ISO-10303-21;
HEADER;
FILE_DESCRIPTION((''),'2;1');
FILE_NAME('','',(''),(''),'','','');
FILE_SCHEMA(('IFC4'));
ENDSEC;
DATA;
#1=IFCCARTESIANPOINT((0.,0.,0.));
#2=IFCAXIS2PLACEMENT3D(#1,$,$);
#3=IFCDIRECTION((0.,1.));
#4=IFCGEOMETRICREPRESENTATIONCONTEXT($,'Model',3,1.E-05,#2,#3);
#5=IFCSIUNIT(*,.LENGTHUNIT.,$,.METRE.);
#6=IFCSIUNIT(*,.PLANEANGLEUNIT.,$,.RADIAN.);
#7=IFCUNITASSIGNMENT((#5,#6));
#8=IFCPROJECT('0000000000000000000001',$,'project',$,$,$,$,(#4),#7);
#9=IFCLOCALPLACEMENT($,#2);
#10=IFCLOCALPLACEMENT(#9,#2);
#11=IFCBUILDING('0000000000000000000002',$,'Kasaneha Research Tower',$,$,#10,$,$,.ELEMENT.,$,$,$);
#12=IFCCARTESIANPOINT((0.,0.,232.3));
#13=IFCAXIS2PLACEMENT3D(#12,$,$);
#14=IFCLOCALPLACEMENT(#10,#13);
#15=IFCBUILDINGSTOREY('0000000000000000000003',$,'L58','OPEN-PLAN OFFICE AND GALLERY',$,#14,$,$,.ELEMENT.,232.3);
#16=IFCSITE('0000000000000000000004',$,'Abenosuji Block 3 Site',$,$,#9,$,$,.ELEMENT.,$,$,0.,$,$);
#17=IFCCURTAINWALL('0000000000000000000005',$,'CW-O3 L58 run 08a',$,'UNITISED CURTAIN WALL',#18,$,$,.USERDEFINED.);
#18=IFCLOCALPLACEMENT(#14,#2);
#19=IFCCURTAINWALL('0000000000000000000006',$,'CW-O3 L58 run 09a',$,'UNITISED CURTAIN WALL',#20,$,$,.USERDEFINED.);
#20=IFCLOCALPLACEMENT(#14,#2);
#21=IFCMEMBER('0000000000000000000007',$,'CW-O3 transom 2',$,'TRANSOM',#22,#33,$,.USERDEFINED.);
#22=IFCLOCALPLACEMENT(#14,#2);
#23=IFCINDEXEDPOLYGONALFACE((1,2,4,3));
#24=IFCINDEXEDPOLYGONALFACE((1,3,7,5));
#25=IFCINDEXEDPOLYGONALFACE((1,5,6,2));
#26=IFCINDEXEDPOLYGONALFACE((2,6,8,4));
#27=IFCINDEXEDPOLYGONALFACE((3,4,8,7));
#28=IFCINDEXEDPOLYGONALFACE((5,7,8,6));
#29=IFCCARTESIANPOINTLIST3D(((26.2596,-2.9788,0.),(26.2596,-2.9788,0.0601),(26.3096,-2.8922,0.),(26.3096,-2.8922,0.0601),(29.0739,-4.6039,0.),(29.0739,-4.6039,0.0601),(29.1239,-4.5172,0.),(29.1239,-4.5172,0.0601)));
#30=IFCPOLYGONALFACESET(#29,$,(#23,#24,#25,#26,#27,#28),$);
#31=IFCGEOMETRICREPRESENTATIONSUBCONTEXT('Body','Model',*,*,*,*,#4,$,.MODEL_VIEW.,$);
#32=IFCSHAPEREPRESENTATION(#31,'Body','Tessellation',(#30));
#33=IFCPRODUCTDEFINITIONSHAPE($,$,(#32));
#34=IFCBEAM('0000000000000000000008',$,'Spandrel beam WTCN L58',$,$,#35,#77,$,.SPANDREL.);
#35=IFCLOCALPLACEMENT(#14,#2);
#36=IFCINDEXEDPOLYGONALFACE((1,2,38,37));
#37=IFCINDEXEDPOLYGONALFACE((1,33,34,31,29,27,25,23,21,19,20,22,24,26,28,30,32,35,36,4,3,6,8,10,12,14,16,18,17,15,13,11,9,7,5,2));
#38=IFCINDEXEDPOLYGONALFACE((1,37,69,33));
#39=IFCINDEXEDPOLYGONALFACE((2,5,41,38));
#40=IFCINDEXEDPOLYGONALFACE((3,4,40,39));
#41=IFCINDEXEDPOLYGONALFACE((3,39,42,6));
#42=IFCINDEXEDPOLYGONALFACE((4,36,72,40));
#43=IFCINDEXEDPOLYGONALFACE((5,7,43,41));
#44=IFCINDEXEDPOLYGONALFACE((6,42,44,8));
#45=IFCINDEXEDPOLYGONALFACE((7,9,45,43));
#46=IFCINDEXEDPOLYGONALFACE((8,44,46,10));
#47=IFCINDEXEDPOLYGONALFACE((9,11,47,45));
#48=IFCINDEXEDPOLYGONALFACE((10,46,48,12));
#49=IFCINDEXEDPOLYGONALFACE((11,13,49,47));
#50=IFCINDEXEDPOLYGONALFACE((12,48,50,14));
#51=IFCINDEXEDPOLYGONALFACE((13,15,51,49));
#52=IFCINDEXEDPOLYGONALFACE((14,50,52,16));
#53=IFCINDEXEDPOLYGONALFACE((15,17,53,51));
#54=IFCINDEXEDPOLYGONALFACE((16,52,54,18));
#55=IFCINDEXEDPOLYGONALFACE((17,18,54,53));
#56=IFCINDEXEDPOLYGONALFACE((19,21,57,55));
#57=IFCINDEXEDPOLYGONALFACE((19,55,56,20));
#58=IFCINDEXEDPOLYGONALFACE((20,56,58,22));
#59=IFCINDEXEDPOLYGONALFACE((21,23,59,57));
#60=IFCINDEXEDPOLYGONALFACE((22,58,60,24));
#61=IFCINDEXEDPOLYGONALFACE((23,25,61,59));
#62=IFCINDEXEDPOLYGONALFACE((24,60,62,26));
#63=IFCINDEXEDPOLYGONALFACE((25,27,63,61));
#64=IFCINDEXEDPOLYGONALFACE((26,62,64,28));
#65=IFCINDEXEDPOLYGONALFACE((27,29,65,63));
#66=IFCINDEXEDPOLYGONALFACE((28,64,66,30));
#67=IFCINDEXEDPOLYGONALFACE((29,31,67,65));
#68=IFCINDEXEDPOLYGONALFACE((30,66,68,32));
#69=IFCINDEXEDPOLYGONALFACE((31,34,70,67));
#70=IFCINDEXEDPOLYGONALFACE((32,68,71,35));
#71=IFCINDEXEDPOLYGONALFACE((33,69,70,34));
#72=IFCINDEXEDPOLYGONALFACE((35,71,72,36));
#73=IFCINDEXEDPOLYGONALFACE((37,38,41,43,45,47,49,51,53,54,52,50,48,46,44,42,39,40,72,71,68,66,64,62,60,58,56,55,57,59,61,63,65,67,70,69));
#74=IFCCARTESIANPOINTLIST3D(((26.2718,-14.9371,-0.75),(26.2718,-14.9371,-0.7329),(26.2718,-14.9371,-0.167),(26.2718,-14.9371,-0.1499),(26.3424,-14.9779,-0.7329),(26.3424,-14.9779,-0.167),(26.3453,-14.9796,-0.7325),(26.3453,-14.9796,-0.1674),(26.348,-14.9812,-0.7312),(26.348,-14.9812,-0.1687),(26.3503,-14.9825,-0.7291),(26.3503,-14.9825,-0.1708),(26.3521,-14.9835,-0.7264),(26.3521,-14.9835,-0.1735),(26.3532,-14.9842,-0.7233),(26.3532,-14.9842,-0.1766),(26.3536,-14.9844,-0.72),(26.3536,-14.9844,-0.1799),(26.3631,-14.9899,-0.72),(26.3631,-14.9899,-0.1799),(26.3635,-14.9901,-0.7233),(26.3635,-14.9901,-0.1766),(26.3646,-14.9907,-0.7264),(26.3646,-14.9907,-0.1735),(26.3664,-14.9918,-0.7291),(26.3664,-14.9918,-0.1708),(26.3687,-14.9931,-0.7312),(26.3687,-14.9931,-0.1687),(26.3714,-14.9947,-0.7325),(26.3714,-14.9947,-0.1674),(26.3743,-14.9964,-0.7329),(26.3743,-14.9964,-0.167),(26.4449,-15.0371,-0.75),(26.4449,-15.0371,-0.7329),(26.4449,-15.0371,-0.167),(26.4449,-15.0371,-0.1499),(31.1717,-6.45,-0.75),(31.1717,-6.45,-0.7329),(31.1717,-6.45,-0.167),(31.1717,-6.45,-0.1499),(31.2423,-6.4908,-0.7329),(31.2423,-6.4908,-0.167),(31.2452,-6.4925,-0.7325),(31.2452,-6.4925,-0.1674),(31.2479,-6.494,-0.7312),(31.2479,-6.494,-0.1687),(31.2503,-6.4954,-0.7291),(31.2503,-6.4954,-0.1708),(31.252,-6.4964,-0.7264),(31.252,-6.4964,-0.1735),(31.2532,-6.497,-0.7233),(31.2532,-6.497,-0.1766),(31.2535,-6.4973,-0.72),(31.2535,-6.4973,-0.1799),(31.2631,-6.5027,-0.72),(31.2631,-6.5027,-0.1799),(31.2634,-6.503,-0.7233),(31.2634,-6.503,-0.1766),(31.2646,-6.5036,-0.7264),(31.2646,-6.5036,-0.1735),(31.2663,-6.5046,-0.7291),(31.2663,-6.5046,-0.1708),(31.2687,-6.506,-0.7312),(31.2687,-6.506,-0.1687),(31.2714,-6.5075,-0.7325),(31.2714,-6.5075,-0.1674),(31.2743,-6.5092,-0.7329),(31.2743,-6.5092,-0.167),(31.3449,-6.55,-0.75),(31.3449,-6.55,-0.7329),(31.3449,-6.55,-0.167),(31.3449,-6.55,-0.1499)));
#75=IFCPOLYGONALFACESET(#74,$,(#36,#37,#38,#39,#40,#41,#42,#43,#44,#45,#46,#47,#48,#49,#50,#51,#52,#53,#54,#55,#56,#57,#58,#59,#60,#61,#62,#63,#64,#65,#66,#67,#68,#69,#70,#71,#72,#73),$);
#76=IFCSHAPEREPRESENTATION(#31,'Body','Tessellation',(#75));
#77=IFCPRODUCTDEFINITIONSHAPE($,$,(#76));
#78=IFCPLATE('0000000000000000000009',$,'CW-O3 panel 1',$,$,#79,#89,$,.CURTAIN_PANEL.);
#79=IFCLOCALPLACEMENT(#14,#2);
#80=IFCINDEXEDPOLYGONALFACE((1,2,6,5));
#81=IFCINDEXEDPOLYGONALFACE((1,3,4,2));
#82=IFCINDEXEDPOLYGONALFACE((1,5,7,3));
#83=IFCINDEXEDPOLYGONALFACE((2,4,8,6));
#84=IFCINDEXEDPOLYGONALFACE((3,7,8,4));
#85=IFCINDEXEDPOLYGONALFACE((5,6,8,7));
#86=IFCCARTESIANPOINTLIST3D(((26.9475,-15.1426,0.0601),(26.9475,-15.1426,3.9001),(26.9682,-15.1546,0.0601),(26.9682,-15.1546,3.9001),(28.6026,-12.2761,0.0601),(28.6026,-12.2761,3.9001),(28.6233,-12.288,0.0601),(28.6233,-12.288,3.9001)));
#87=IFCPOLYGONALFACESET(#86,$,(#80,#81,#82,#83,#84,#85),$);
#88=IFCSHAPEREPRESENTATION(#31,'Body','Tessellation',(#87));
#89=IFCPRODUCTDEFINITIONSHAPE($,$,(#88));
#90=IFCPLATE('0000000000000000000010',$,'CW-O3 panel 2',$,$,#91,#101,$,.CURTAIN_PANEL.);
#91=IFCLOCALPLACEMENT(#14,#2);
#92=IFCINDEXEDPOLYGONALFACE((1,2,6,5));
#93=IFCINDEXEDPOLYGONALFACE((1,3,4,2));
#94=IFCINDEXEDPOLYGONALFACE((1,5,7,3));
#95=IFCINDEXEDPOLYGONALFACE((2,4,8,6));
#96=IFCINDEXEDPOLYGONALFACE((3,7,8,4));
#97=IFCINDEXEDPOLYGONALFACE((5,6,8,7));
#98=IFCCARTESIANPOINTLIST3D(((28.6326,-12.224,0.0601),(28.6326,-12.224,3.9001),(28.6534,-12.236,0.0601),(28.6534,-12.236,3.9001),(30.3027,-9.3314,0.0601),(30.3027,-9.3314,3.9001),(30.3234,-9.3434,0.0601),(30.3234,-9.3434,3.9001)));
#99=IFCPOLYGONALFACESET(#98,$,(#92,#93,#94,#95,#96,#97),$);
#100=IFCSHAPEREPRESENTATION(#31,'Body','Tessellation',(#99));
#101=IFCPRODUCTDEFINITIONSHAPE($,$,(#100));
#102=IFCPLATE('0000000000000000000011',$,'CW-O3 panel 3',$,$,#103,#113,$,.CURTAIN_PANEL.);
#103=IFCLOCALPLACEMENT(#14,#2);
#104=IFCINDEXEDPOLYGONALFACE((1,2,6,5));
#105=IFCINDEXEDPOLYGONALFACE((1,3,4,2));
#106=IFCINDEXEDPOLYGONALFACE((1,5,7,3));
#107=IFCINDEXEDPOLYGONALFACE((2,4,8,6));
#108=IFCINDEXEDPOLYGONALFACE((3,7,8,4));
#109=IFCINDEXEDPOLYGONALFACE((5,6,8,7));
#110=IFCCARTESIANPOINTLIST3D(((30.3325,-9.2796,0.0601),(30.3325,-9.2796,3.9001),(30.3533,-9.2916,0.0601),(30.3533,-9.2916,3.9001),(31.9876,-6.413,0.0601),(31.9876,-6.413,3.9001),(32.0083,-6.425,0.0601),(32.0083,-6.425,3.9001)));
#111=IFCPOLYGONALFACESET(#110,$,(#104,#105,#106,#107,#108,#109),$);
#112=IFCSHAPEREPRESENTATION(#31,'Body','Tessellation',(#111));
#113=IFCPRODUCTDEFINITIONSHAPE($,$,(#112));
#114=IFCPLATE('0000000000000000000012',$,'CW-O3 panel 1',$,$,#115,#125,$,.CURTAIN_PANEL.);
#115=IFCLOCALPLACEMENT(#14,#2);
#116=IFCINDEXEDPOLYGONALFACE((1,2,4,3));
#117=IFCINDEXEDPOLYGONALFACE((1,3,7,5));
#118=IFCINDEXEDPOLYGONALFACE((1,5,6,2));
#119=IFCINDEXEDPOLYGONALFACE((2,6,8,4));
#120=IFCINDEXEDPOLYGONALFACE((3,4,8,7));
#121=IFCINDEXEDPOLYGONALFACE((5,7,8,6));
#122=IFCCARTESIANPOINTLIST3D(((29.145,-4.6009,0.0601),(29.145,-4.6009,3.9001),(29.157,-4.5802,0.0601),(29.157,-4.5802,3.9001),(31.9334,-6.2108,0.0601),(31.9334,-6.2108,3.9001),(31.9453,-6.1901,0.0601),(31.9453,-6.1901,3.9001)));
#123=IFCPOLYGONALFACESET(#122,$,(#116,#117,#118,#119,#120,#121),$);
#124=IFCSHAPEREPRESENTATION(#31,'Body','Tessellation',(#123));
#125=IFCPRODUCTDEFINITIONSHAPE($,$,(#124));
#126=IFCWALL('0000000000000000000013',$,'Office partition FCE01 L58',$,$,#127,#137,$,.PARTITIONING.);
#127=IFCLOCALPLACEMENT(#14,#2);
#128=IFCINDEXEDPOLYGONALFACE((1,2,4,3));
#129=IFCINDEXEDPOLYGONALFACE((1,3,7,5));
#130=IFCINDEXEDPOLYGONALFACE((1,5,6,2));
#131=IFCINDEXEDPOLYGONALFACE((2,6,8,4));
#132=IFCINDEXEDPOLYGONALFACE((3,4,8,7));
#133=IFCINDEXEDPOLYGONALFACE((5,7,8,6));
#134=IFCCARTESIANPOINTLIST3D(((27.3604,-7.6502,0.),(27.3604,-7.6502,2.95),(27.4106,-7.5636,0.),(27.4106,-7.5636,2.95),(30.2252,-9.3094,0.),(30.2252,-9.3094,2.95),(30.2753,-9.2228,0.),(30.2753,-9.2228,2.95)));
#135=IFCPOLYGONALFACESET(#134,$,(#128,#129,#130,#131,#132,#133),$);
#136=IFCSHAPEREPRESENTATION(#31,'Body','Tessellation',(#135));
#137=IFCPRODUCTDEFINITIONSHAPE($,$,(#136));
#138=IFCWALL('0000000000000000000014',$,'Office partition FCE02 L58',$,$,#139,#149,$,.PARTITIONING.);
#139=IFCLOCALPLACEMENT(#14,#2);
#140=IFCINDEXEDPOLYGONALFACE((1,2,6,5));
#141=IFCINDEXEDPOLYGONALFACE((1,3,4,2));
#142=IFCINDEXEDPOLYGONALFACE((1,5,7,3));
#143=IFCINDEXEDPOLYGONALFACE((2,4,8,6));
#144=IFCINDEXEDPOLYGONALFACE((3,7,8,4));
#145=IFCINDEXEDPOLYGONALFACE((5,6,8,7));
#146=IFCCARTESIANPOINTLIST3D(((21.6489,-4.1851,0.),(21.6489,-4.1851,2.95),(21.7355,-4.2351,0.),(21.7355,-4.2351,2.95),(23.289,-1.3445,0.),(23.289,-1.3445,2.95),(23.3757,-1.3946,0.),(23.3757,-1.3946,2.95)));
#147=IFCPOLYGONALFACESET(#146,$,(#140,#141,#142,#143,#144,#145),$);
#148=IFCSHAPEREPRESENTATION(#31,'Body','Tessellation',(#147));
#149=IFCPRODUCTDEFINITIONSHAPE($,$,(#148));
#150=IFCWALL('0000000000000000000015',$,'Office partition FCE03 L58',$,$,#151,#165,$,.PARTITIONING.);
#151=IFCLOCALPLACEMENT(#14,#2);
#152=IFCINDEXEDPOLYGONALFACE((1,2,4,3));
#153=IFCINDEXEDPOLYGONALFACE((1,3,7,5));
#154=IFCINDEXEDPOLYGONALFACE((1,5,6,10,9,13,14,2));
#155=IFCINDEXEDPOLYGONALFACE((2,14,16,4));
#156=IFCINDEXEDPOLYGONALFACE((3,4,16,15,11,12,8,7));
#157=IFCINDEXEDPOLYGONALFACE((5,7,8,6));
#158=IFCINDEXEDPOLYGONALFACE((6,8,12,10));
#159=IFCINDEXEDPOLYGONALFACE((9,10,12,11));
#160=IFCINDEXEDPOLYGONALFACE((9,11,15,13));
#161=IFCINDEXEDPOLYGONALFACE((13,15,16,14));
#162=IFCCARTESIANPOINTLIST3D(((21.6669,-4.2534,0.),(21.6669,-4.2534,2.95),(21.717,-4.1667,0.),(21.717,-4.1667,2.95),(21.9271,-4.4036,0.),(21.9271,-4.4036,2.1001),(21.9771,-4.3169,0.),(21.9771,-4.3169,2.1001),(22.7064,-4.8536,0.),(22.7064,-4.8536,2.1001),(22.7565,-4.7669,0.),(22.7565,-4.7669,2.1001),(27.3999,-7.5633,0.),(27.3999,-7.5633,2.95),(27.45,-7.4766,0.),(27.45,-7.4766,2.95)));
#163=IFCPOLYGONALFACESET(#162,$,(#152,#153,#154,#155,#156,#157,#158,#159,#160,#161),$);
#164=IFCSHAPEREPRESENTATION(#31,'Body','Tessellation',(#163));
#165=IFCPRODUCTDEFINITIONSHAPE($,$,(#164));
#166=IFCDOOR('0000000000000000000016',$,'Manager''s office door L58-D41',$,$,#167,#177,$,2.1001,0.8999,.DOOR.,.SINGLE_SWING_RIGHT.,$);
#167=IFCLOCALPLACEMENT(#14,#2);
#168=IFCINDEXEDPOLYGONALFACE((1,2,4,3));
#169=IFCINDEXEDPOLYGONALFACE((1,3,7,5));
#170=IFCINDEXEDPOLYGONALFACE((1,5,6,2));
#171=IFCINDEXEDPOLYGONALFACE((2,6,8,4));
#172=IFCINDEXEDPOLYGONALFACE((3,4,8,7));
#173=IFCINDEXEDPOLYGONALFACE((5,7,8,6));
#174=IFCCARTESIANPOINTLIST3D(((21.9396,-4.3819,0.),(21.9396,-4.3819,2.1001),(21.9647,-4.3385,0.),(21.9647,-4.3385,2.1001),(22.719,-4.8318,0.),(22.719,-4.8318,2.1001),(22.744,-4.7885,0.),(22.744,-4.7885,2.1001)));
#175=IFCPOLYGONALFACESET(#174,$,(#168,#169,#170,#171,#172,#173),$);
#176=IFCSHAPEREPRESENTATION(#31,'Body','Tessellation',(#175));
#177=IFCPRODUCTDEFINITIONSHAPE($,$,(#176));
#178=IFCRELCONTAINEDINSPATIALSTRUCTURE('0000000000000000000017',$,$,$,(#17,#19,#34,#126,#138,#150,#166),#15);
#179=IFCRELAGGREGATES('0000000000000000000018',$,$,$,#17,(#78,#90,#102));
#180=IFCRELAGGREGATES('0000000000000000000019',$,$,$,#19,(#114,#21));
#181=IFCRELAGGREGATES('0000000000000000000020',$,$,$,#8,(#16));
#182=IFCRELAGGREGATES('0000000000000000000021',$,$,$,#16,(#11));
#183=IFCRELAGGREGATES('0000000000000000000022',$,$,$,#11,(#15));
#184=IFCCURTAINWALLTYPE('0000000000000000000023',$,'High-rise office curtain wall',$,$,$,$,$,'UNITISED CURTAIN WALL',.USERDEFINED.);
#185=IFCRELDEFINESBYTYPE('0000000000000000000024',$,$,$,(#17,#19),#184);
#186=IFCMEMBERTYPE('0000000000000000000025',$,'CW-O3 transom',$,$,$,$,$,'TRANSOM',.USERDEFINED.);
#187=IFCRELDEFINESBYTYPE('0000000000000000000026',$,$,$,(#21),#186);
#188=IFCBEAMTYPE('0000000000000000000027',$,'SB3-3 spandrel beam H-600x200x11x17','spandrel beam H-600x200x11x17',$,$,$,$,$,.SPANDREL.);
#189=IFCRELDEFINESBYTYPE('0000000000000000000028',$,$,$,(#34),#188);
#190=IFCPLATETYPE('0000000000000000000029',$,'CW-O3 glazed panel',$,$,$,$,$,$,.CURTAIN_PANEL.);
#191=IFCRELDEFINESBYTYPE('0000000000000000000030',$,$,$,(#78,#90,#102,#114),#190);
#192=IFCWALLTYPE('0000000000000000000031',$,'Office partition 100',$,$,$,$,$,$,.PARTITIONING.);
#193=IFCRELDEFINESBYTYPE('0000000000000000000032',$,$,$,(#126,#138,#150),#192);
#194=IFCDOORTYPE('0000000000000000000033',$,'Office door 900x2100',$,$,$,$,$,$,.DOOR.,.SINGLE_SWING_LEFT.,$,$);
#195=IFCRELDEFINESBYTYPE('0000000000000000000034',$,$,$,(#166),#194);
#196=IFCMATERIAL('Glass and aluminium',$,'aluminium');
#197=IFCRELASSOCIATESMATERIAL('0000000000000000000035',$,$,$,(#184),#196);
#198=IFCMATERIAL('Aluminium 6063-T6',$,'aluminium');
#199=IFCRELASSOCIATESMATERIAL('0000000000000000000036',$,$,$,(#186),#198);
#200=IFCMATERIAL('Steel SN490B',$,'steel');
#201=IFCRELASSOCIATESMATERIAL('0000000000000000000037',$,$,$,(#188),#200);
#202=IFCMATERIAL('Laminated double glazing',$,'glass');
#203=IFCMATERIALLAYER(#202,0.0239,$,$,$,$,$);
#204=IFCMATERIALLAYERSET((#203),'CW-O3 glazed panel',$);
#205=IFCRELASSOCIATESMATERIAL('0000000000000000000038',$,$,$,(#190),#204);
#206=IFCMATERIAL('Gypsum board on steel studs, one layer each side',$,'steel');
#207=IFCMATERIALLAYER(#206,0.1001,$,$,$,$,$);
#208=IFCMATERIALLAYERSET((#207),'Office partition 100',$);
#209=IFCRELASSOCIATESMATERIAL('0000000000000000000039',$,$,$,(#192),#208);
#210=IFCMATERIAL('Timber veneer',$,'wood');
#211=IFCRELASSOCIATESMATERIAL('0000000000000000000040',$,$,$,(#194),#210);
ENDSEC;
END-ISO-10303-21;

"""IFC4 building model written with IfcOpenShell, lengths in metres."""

from ifc_helpers import new_model, si_unit, direction, frame, frame_2d, origin, origin_2d, place, context, subcontext, project, spatial, rectangle, i_section, extrude, material, layer, layer_set, material_profile, profile_set, type_object, element, fill, aggregate, save


model = new_model("IFC4")

# Units and contexts
model_context = context("Model", 3, precision=1e-05, world=origin(), true_north=direction((0.0, 1.0)))
body_context = subcontext(model_context, "Body", "Model", "MODEL_VIEW")
ifc_project = project(units=[si_unit("LENGTHUNIT", "METRE"), si_unit("PLANEANGLEUNIT", "RADIAN")], contexts=[model_context])

# Site, building, storey
site_placement = place(None, origin())
site = spatial("IfcSite", under=ifc_project, at=site_placement, Name="Abenosuji Block 3 Site", CompositionType="ELEMENT", RefElevation=0.0)
building_placement = place(site_placement, origin())
building = spatial("IfcBuilding", under=site, at=building_placement, Name="Kasaneha Research Tower", CompositionType="ELEMENT")
storey_placement = place(building_placement, frame((0.0, 0.0, 232.3)))
storey = spatial("IfcBuildingStorey", under=building, at=storey_placement, Name="L58", Description="OPEN-PLAN OFFICE AND GALLERY", CompositionType="ELEMENT", Elevation=232.3)

# Curtain walls
ifc_material_1 = material(Name="Glass and aluminium", Category="aluminium")
curtain_wall_type = type_object("IfcCurtainWallType", Name="High-rise office curtain wall", ElementType="UNITISED CURTAIN WALL", PredefinedType="USERDEFINED", material=ifc_material_1)
curtain_wall_1_placement = place(storey_placement, origin())
curtain_wall_1 = element("IfcCurtainWall", 1, at=curtain_wall_1_placement, inside=storey, type_object=curtain_wall_type, Name="CW-O3 L58 run 08a", ObjectType="UNITISED CURTAIN WALL", PredefinedType="USERDEFINED")
curtain_wall_2_placement = place(storey_placement, origin())
curtain_wall_2 = element("IfcCurtainWall", 2, at=curtain_wall_2_placement, inside=storey, type_object=curtain_wall_type, Name="CW-O3 L58 run 09a", ObjectType="UNITISED CURTAIN WALL", PredefinedType="USERDEFINED")

# Member
ifc_material_2 = material(Name="Aluminium 6063-T6", Category="aluminium")
ifc_material_profile_1 = material_profile(ifc_material_2, rectangle(XDim=0.1001, YDim=0.0601, at=origin_2d()), Name="CW-O3 transom 100x60")
ifc_profile_set_1 = profile_set([ifc_material_profile_1], Name="Aluminium 6063-T6")
member_type_1 = type_object("IfcMemberType", Name="CW-O3 transom", ElementType="TRANSOM", PredefinedType="USERDEFINED", material=ifc_profile_set_1)
member_1_placement = place(storey_placement, frame((29.0989, -4.5605, 0.03), z_axis=(-0.865997, 0.50005, 0.0), x_axis=(-0.50005, -0.865997, 0.0)))
member_1 = element("IfcMember", 3, at=member_1_placement, type_object=member_type_1, Name="CW-O3 transom 2", ObjectType="TRANSOM", PredefinedType="USERDEFINED", context=body_context, shape_type="SweptSolid", body=[
    extrude(rectangle(XDim=0.1001, YDim=0.0601, at=origin_2d()), origin(), (0.0, 0.0, 1.0), 3.2498),
])

# Beam
ifc_material_3 = material(Name="Steel SN490B", Category="steel")
ifc_material_profile_2 = material_profile(ifc_material_3, i_section(OverallWidth=0.2, OverallDepth=0.6001, WebThickness=0.011, FlangeThickness=0.0171, FilletRadius=0.0129, at=origin_2d()), Name="H-600x200x11x17")
ifc_profile_set_2 = profile_set([ifc_material_profile_2], Name="Steel SN490B")
beam_type_1 = type_object("IfcBeamType", Name="SB3-3 spandrel beam H-600x200x11x17", Description="spandrel beam H-600x200x11x17", PredefinedType="SPANDREL", material=ifc_profile_set_2)
beam_1_placement = place(storey_placement, frame((31.2583, -6.5, -0.45), z_axis=(-0.499992, -0.86603, 0.0), x_axis=(0.86603, -0.499992, 0.0)))
element("IfcBeam", 4, at=beam_1_placement, inside=storey, type_object=beam_type_1, Name="Spandrel beam WTCN L58", PredefinedType="SPANDREL", context=body_context, shape_type="SweptSolid", body=[
    extrude(i_section(OverallWidth=0.2, OverallDepth=0.6001, WebThickness=0.011, FlangeThickness=0.0171, FilletRadius=0.0129, at=origin_2d()), origin(), (0.0, 0.0, 1.0), 9.8),
])

# Plates
ifc_material_4 = material(Name="Laminated double glazing", Category="glass")
ifc_layer_1 = layer(ifc_material_4, 0.0239)
ifc_layer_set_1 = layer_set([ifc_layer_1], Name="CW-O3 glazed panel")
plate_type = type_object("IfcPlateType", Name="CW-O3 glazed panel", PredefinedType="CURTAIN_PANEL", material=ifc_layer_set_1)
plate_1_placement = place(storey_placement, frame((27.7854, -13.7153, 0.0601), z_axis=(0.0, 0.0, 1.0), x_axis=(0.5, 0.866025, 0.0)))
plate_1 = element("IfcPlate", 5, at=plate_1_placement, type_object=plate_type, Name="CW-O3 panel 1", PredefinedType="CURTAIN_PANEL", context=body_context, shape_type="SweptSolid", body=[
    extrude(rectangle(XDim=3.3101, YDim=0.0239, at=origin_2d()), origin(), (0.0, 0.0, 1.0), 3.8401),
])
plate_2_placement = place(storey_placement, frame((29.478, -10.7837, 0.0601), z_axis=(0.0, 0.0, 1.0), x_axis=(0.5, 0.866025, 0.0)))
plate_2 = element("IfcPlate", 6, at=plate_2_placement, type_object=plate_type, Name="CW-O3 panel 2", PredefinedType="CURTAIN_PANEL", context=body_context, shape_type="SweptSolid", body=[
    extrude(rectangle(XDim=3.3401, YDim=0.0239, at=origin_2d()), origin(), (0.0, 0.0, 1.0), 3.8401),
])
plate_3_placement = place(storey_placement, frame((31.1704, -7.8523, 0.0601), z_axis=(0.0, 0.0, 1.0), x_axis=(0.5, 0.866025, 0.0)))
plate_3 = element("IfcPlate", 7, at=plate_3_placement, type_object=plate_type, Name="CW-O3 panel 3", PredefinedType="CURTAIN_PANEL", context=body_context, shape_type="SweptSolid", body=[
    extrude(rectangle(XDim=3.3101, YDim=0.0239, at=origin_2d()), origin(), (0.0, 0.0, 1.0), 3.8401),
])
aggregate(curtain_wall_1, [plate_1, plate_2, plate_3])
plate_4_placement = place(storey_placement, frame((30.5452, -5.3955, 0.0601), z_axis=(0.0, 0.0, 1.0), x_axis=(-0.866025, 0.5, 0.0)))
plate_4 = element("IfcPlate", 8, at=plate_4_placement, type_object=plate_type, Name="CW-O3 panel 1", PredefinedType="CURTAIN_PANEL", context=body_context, shape_type="SweptSolid", body=[
    extrude(rectangle(XDim=3.2197, YDim=0.0239, at=origin_2d()), origin(), (0.0, 0.0, 1.0), 3.8401),
])
aggregate(curtain_wall_2, [plate_4, member_1])

# Walls
ifc_material_5 = material(Name="Gypsum board on steel studs, one layer each side", Category="steel")
ifc_layer_2 = layer(ifc_material_5, 0.1001)
ifc_layer_set_2 = layer_set([ifc_layer_2], Name="Office partition 100")
wall_type = type_object("IfcWallType", Name="Office partition 100", PredefinedType="PARTITIONING", material=ifc_layer_set_2)
wall_1_placement = place(storey_placement, frame((30.2502, -9.2661, 0.0), z_axis=(0.0, 0.0, 1.0), x_axis=(-0.865342, 0.501182, 0.0)))
element("IfcWall", 9, at=wall_1_placement, inside=storey, type_object=wall_type, Name="Office partition FCE01 L58", PredefinedType="PARTITIONING", context=body_context, shape_type="SweptSolid", body=[
    extrude(rectangle(XDim=3.3105, YDim=0.1001, at=frame_2d((1.6553, 0.0))), origin(), (0.0, 0.0, 1.0), 2.95),
])
wall_2_placement = place(storey_placement, frame((21.6921, -4.2102, 0.0), z_axis=(0.0, 0.0, 1.0), x_axis=(0.50003, 0.866008, 0.0)))
element("IfcWall", 10, at=wall_2_placement, inside=storey, type_object=wall_type, Name="Office partition FCE02 L58", PredefinedType="PARTITIONING", context=body_context, shape_type="SweptSolid", body=[
    extrude(rectangle(XDim=3.28, YDim=0.1001, at=frame_2d((1.6401, 0.0))), origin(), (0.0, 0.0, 1.0), 2.95),
])

# Wall, opening, door
wall_3_placement = place(storey_placement, frame((27.425, -7.52, 0.0), z_axis=(0.0, 0.0, 1.0), x_axis=(-0.866031, 0.499991, 0.0)))
wall_3 = element("IfcWall", 11, at=wall_3_placement, inside=storey, type_object=wall_type, Name="Office partition FCE03 L58", PredefinedType="PARTITIONING", context=body_context, shape_type="SweptSolid", body=[
    extrude(rectangle(XDim=6.6199, YDim=0.1001, at=frame_2d((3.3101, 0.0))), origin(), (0.0, 0.0, 1.0), 2.95),
])
opening_1_placement = place(wall_3_placement, frame((5.4197, 0.0, 0.0)))
opening_1 = element("IfcOpeningElement", 12, at=opening_1_placement, cuts=wall_3, PredefinedType="OPENING", context=body_context, shape_type="SweptSolid", body=[
    extrude(rectangle(XDim=0.8999, YDim=2.1001, at=frame_2d((0.45, 1.05))), frame((0.0, 0.0601, 0.0), z_axis=(0.0, -1.0, 0.0), x_axis=(1.0, 0.0, 0.0)), (0.0, 0.0, 1.0), 0.1201),
])
ifc_material_6 = material(Name="Timber veneer", Category="wood")
door_type = type_object("IfcDoorType", Name="Office door 900x2100", OperationType="SINGLE_SWING_LEFT", PredefinedType="DOOR", material=ifc_material_6)
door_1_placement = place(opening_1_placement, origin())
door_1 = element("IfcDoor", 13, at=door_1_placement, inside=storey, type_object=door_type, Name="Manager's office door L58-D41", OperationType="SINGLE_SWING_RIGHT", OverallHeight=2.1001, OverallWidth=0.8999, PredefinedType="DOOR", context=body_context, shape_type="SweptSolid", body=[
    extrude(rectangle(XDim=0.8999, YDim=2.1001, at=frame_2d((0.45, 1.05))), frame((0.0, 0.0249, 0.0), z_axis=(0.0, -1.0, 0.0), x_axis=(1.0, 0.0, 0.0)), (0.0, 0.0, 1.0), 0.05),
])
fill(opening_1, door_1)

save(model, "model.ifc")
